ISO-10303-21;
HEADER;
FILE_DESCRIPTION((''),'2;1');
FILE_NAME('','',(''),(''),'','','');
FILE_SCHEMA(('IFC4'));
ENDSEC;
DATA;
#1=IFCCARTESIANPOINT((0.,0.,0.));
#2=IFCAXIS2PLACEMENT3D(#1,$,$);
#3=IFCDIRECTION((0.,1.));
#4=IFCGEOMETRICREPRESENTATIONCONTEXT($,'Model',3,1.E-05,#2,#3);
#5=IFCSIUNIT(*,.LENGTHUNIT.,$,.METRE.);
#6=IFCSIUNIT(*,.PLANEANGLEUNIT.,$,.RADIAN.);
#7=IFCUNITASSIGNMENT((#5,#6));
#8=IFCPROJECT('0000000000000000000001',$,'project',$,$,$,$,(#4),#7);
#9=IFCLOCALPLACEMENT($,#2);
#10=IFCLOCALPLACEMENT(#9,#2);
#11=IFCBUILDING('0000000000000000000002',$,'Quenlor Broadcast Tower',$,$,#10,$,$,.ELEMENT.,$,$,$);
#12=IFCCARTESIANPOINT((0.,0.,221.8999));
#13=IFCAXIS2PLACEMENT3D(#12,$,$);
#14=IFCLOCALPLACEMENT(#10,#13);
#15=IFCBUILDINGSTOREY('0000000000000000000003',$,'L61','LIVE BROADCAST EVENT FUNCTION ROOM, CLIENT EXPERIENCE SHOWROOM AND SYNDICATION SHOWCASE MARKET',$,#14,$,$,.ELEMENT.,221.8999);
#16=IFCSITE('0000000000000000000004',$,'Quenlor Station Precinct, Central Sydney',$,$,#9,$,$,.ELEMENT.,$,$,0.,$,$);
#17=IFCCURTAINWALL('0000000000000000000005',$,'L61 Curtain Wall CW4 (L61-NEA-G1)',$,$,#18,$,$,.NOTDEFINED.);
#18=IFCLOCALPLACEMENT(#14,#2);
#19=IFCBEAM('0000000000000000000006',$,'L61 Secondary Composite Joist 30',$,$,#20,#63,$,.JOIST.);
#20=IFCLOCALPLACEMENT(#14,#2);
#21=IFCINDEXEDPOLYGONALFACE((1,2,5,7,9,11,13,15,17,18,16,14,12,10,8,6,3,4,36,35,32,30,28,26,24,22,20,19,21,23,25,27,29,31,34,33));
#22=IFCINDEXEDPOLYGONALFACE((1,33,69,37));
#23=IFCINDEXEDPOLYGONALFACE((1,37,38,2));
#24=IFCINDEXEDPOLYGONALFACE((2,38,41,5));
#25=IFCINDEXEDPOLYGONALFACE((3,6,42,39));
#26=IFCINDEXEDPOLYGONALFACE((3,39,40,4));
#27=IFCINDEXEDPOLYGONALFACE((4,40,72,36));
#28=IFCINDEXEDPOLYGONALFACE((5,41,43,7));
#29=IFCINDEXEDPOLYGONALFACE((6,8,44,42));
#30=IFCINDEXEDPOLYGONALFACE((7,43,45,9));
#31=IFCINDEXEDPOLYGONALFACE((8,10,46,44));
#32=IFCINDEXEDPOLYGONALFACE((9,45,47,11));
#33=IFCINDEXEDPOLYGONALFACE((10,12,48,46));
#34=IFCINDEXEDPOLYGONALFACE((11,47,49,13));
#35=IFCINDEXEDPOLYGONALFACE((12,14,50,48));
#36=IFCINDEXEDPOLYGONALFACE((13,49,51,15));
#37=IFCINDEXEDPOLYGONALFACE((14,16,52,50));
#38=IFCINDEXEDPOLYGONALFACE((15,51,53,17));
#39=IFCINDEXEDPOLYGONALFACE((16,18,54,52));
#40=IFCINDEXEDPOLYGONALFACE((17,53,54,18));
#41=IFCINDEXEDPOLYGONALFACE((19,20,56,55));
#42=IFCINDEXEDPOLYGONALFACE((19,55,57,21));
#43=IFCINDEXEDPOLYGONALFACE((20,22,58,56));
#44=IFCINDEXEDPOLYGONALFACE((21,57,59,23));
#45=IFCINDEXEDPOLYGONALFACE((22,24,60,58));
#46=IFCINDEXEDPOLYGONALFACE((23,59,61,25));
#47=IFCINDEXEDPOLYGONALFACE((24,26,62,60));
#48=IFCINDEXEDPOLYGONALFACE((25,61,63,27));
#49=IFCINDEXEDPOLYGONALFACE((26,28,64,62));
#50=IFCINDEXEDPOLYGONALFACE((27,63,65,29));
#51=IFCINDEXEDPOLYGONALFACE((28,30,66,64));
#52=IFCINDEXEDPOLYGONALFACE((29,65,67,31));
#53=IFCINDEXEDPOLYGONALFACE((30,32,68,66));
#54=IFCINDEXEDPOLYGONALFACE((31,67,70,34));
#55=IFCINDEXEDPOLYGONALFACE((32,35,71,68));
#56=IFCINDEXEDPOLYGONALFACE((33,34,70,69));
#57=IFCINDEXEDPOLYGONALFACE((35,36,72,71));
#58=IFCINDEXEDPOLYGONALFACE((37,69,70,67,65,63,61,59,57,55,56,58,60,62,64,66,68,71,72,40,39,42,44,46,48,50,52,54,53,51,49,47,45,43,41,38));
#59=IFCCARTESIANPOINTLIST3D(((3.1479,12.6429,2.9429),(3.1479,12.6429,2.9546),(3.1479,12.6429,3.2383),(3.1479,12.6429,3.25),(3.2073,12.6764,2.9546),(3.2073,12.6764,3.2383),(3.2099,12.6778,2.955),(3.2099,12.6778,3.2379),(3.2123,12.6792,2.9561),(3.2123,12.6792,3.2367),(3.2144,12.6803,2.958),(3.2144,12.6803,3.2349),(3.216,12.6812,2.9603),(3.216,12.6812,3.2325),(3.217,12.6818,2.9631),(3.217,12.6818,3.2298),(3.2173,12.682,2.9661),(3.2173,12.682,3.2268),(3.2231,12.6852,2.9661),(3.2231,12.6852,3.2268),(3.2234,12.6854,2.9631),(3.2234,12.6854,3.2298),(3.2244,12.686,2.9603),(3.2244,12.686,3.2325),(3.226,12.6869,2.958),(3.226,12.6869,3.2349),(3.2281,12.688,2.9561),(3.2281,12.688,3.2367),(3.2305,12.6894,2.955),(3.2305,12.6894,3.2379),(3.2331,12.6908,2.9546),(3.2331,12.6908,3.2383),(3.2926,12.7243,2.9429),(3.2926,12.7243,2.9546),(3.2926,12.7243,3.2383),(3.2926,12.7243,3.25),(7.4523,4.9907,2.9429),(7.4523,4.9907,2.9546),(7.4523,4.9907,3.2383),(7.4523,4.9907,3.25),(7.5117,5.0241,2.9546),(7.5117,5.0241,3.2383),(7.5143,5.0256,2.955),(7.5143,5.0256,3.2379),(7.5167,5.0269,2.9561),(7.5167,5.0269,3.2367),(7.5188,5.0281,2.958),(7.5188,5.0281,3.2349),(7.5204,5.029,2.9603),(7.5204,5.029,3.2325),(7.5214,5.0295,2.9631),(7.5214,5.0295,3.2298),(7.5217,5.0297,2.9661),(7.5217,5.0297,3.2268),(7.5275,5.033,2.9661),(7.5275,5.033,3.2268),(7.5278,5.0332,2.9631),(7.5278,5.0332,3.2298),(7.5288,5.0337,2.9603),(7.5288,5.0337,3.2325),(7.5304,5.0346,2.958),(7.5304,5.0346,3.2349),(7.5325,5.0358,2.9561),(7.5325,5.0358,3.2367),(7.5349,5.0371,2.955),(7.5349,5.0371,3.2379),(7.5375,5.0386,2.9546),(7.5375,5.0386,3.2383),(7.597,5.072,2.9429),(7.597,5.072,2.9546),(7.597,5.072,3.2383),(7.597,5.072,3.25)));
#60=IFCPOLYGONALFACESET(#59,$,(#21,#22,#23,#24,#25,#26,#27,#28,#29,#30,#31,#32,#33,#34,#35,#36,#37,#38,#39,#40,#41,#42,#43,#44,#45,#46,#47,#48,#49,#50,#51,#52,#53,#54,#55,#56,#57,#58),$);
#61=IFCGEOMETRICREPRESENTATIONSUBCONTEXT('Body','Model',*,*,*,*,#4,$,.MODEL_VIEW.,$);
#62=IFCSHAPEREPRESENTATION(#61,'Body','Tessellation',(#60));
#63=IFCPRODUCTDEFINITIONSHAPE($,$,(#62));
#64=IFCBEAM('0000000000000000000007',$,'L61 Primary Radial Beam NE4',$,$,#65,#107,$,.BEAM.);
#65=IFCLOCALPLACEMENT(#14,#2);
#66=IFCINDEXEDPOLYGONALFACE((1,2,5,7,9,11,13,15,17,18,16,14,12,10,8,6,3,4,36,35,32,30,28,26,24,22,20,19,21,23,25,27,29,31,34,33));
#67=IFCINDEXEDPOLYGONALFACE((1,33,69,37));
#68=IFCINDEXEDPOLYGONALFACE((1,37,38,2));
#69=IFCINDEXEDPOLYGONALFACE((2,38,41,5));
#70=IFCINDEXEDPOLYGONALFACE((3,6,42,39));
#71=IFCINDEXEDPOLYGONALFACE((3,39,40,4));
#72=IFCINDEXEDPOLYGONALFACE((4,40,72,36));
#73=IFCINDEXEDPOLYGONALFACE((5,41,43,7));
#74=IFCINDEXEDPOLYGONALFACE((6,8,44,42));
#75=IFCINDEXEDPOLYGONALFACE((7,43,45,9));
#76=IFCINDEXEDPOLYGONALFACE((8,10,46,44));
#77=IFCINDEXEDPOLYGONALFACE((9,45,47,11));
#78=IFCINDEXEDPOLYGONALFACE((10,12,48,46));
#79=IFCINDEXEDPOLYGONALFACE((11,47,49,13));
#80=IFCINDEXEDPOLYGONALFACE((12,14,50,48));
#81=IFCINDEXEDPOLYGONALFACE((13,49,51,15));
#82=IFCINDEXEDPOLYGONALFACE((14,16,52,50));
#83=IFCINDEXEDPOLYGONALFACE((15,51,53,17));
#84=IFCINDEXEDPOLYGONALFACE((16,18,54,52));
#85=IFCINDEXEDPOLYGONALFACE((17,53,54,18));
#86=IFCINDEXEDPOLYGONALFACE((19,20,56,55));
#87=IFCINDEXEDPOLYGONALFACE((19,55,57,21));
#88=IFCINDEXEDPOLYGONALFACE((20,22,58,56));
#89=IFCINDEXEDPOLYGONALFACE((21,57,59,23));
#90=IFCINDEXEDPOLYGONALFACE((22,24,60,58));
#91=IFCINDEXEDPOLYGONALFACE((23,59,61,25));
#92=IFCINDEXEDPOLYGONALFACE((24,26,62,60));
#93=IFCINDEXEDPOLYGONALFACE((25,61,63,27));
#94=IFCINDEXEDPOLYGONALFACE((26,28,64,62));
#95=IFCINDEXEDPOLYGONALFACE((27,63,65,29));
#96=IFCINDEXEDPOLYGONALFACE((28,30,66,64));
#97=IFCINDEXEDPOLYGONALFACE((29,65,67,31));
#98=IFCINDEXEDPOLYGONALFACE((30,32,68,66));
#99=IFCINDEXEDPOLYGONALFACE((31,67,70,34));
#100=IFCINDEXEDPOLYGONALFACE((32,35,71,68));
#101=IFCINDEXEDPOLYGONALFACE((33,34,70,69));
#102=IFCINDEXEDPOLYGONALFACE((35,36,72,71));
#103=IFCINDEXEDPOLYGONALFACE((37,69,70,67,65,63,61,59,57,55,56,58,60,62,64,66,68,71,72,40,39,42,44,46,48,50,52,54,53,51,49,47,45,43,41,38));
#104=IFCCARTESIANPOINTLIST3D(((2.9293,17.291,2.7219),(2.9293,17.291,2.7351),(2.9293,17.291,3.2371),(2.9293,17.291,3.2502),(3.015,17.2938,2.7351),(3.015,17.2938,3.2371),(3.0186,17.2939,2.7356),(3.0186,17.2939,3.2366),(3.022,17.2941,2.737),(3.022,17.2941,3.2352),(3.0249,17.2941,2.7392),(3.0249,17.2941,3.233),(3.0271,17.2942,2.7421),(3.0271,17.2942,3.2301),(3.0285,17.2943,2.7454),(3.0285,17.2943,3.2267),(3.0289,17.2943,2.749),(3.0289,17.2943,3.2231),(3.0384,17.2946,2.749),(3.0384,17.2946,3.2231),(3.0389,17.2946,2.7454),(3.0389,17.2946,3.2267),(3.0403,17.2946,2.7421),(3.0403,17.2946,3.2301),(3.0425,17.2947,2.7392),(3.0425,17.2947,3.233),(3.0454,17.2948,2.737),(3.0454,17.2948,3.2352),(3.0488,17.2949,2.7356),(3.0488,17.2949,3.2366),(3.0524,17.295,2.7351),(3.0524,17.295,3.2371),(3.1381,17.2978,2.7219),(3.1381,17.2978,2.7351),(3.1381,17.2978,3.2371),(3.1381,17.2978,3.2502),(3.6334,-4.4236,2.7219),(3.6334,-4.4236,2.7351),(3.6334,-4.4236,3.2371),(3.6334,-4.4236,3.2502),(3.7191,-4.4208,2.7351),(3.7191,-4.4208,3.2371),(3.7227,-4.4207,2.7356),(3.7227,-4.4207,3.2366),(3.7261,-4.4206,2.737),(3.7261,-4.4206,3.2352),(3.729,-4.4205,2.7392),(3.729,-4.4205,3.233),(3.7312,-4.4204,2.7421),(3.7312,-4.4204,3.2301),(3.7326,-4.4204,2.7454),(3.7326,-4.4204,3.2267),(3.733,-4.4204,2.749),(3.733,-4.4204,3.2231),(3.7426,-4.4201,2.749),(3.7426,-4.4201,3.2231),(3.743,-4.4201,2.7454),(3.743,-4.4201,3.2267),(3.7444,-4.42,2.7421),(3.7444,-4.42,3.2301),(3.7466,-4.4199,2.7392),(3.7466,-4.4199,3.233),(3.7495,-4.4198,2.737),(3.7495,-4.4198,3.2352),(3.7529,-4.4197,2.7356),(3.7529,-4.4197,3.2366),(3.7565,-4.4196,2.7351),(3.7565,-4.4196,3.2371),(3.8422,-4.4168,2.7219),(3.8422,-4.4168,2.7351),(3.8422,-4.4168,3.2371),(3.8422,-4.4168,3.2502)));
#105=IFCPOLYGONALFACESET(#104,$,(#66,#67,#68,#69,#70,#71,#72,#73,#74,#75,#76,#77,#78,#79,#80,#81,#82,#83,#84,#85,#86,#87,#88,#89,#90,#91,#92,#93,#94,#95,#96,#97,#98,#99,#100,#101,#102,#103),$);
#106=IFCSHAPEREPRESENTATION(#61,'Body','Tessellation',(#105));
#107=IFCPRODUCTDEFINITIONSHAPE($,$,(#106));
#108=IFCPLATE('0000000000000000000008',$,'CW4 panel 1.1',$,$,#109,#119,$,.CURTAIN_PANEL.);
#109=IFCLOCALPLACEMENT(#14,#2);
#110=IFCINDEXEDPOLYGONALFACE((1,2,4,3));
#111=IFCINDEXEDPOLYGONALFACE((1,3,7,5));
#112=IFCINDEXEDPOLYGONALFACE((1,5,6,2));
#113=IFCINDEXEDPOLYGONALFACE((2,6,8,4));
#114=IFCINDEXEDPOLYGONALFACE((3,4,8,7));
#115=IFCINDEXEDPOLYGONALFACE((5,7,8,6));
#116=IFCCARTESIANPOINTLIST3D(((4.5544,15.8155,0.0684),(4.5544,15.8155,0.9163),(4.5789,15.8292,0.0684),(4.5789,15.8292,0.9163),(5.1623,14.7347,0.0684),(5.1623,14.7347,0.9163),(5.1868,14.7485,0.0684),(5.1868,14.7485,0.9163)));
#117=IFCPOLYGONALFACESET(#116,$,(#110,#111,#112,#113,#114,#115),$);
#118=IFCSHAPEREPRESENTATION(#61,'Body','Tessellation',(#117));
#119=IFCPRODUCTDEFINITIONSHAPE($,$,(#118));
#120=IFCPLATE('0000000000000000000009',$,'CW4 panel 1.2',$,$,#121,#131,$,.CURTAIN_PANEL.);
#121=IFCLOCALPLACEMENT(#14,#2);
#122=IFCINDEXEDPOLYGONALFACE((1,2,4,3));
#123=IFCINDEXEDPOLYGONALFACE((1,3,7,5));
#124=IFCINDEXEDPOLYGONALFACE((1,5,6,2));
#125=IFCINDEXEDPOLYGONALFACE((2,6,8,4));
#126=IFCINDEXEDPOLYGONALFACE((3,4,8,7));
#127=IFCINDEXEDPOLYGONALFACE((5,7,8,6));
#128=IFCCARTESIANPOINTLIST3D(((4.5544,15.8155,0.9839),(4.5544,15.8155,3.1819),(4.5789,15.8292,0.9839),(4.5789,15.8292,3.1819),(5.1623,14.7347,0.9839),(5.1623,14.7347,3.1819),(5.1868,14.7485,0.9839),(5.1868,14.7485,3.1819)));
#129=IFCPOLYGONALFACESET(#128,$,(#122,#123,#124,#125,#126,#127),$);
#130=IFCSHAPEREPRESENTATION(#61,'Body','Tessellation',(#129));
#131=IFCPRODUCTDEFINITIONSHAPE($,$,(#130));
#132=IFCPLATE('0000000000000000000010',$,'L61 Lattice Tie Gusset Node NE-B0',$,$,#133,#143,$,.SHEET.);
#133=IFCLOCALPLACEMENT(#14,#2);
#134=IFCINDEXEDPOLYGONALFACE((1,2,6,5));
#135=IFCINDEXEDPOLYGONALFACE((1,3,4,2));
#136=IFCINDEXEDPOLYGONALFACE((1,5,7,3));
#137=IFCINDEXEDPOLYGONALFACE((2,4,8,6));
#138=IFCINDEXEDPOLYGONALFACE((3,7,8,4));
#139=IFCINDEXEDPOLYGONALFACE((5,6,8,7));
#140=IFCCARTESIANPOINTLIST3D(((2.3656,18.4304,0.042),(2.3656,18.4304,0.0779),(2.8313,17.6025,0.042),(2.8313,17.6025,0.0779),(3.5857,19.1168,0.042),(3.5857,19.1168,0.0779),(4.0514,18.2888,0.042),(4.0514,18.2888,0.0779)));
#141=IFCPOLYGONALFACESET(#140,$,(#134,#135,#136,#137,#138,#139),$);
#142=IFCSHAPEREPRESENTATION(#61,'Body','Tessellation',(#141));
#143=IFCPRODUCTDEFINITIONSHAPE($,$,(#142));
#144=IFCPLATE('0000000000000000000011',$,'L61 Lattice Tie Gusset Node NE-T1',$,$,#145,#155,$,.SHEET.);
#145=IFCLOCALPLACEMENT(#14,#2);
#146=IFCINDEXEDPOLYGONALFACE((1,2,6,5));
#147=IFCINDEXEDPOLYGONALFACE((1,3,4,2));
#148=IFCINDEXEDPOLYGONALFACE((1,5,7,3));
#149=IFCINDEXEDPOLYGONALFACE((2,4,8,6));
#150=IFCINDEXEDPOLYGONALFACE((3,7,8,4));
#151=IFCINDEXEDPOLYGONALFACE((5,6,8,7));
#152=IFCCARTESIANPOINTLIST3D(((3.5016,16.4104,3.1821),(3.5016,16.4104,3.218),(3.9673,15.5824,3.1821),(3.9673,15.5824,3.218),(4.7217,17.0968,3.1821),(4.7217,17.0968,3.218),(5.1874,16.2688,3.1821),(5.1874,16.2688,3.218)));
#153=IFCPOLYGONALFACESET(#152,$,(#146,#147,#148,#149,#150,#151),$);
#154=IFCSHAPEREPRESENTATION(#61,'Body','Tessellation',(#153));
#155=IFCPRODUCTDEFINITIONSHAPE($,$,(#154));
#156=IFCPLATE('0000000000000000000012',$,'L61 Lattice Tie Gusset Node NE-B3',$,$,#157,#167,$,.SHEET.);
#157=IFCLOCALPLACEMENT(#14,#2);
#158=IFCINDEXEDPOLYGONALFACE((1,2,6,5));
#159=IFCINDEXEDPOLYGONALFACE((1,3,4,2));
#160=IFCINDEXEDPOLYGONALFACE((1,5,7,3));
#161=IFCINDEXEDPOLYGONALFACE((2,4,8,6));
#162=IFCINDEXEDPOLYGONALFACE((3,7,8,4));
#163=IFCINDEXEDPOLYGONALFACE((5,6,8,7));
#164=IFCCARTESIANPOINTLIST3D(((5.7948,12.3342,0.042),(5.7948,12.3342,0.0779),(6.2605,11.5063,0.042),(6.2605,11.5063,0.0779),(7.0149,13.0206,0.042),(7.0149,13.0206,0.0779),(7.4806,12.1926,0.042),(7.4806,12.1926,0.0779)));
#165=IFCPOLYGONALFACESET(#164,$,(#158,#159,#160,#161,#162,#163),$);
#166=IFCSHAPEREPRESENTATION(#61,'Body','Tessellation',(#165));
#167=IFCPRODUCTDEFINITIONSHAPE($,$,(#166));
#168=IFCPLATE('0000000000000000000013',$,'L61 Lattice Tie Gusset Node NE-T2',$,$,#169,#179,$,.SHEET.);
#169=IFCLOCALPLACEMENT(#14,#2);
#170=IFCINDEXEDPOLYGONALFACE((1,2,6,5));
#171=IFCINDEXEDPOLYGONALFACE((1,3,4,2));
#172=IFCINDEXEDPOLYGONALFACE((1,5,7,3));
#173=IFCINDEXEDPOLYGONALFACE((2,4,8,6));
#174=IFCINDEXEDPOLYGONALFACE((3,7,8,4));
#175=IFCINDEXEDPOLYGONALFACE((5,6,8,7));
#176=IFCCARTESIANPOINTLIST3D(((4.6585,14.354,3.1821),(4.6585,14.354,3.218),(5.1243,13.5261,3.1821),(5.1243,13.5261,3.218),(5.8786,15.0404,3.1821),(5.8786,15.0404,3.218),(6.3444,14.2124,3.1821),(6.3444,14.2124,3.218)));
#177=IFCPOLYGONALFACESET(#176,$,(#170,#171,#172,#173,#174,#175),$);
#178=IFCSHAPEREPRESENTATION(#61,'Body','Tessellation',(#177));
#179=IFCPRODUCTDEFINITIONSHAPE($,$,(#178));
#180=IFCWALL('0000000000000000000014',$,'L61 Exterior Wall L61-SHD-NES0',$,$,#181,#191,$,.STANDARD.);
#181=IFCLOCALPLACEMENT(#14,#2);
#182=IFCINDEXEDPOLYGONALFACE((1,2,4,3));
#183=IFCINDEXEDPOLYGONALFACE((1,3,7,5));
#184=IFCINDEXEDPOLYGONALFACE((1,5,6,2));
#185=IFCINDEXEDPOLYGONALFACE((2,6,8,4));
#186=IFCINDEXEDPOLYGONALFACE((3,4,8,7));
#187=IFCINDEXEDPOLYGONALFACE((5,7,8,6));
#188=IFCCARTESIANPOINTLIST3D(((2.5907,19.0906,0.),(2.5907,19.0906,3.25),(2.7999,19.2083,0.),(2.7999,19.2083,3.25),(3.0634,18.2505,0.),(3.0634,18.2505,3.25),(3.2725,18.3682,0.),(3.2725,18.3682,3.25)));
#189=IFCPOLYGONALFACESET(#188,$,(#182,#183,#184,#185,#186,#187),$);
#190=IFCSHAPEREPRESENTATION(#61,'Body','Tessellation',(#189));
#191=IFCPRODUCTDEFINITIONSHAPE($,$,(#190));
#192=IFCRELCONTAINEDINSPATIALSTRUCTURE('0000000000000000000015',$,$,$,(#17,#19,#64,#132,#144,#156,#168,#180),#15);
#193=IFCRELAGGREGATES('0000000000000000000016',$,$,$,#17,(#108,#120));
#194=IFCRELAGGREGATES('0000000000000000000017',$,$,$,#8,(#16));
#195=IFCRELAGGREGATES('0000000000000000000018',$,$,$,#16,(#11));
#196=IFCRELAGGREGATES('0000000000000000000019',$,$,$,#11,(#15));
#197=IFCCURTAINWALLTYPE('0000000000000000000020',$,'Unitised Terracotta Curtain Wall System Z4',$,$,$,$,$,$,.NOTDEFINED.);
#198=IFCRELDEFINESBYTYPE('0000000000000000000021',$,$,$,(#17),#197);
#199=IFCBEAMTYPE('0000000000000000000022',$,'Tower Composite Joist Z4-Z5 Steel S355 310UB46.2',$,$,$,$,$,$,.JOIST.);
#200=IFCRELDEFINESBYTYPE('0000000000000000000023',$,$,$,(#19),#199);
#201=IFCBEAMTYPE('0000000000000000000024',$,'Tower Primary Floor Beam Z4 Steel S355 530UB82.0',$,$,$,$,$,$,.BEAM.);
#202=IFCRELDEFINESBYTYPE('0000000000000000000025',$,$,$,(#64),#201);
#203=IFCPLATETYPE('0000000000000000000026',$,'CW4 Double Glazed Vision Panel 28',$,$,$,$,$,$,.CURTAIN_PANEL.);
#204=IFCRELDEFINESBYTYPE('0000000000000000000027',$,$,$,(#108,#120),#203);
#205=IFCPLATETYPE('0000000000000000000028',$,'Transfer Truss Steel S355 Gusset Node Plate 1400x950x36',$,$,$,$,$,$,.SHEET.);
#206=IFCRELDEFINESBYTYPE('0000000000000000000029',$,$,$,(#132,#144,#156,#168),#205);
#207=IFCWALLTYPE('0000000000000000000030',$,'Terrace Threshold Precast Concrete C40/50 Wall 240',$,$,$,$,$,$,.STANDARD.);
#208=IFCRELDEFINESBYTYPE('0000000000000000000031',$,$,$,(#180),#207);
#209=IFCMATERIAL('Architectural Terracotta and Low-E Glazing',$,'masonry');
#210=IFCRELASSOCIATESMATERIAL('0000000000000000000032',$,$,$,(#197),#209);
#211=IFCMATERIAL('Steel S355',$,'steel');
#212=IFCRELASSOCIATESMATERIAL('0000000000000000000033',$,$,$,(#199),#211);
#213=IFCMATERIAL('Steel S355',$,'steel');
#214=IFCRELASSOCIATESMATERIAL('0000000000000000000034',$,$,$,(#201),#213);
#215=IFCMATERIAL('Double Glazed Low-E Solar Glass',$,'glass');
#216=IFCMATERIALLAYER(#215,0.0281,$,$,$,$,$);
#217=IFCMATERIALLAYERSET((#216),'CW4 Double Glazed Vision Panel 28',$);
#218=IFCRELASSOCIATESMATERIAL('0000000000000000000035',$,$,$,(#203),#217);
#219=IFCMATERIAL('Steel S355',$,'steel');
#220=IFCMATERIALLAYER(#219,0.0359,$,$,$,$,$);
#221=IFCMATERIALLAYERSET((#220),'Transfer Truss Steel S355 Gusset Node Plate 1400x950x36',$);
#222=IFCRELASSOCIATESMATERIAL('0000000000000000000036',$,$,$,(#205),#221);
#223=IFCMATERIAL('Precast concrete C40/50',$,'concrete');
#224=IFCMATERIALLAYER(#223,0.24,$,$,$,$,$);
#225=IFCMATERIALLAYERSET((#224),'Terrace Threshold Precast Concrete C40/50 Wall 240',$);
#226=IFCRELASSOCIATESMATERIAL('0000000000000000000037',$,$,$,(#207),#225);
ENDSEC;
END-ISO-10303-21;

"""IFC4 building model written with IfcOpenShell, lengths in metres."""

from ifc_helpers import new_model, si_unit, direction, frame, frame_2d, origin, origin_2d, place, context, subcontext, project, spatial, rectangle, i_section, extrude, material, layer, layer_set, material_profile, profile_set, type_object, element, aggregate, save


model = new_model("IFC4")

# Units and contexts
model_context = context("Model", 3, precision=1e-05, world=origin(), true_north=direction((0.0, 1.0)))
body_context = subcontext(model_context, "Body", "Model", "MODEL_VIEW")
ifc_project = project(units=[si_unit("LENGTHUNIT", "METRE"), si_unit("PLANEANGLEUNIT", "RADIAN")], contexts=[model_context])

# Site, building, storey
site_placement = place(None, origin())
site = spatial("IfcSite", under=ifc_project, at=site_placement, Name="Quenlor Station Precinct, Central Sydney", CompositionType="ELEMENT", RefElevation=0.0)
building_placement = place(site_placement, origin())
building = spatial("IfcBuilding", under=site, at=building_placement, Name="Quenlor Broadcast Tower", CompositionType="ELEMENT")
storey_placement = place(building_placement, frame((0.0, 0.0, 221.8999)))
storey = spatial("IfcBuildingStorey", under=building, at=storey_placement, Name="L61", Description="LIVE BROADCAST EVENT FUNCTION ROOM, CLIENT EXPERIENCE SHOWROOM AND SYNDICATION SHOWCASE MARKET", CompositionType="ELEMENT", Elevation=221.8999)

# Curtain wall
ifc_material_1 = material(Name="Architectural Terracotta and Low-E Glazing", Category="masonry")
curtain_wall_type = type_object("IfcCurtainWallType", Name="Unitised Terracotta Curtain Wall System Z4", PredefinedType="NOTDEFINED", material=ifc_material_1)
curtain_wall_placement = place(storey_placement, origin())
curtain_wall = element("IfcCurtainWall", 1, at=curtain_wall_placement, inside=storey, type_object=curtain_wall_type, Name="L61 Curtain Wall CW4 (L61-NEA-G1)", PredefinedType="NOTDEFINED")

# Beams
ifc_material_2 = material(Name="Steel S355", Category="steel")
ifc_material_profile_1 = material_profile(ifc_material_2, i_section(OverallWidth=0.166, OverallDepth=0.3071, WebThickness=0.0066, FlangeThickness=0.0117, FilletRadius=0.0115, at=origin_2d()))
ifc_profile_set_1 = profile_set([ifc_material_profile_1], Name="Steel S355 310UB46.2")
beam_type_1 = type_object("IfcBeamType", Name="Tower Composite Joist Z4-Z5 Steel S355 310UB46.2", PredefinedType="JOIST", material=ifc_profile_set_1)
beam_1_placement = place(storey_placement, frame((3.2202, 12.6836, 3.0964), z_axis=(0.490261, -0.871576, 0.0), x_axis=(0.871576, 0.490261, 0.0)))
element("IfcBeam", 2, at=beam_1_placement, inside=storey, type_object=beam_type_1, Name="L61 Secondary Composite Joist 30", PredefinedType="JOIST", context=body_context, shape_type="SweptSolid", body=[
    extrude(i_section(OverallWidth=0.166, OverallDepth=0.3071, WebThickness=0.0066, FlangeThickness=0.0117, FilletRadius=0.0115, at=origin_2d()), origin(), (0.0, 0.0, 1.0), 8.7798),
])
ifc_material_3 = material(Name="Steel S355", Category="steel")
ifc_material_profile_2 = material_profile(ifc_material_3, i_section(OverallWidth=0.209, OverallDepth=0.5283, WebThickness=0.0095, FlangeThickness=0.0132, FilletRadius=0.0139, at=origin_2d()))
ifc_profile_set_2 = profile_set([ifc_material_profile_2], Name="Steel S355 530UB82.0")
beam_type_2 = type_object("IfcBeamType", Name="Tower Primary Floor Beam Z4 Steel S355 530UB82.0", PredefinedType="BEAM", material=ifc_profile_set_2)
beam_2_placement = place(storey_placement, frame((3.0337, 17.2944, 2.9861), z_axis=(0.032408, -0.999475, 0.0), x_axis=(0.999475, 0.032408, 0.0)))
element("IfcBeam", 3, at=beam_2_placement, inside=storey, type_object=beam_type_2, Name="L61 Primary Radial Beam NE4", PredefinedType="BEAM", context=body_context, shape_type="SweptSolid", body=[
    extrude(i_section(OverallWidth=0.209, OverallDepth=0.5283, WebThickness=0.0095, FlangeThickness=0.0132, FilletRadius=0.0139, at=origin_2d()), origin(), (0.0, 0.0, 1.0), 21.7261),
])

# Plates
ifc_material_4 = material(Name="Double Glazed Low-E Solar Glass", Category="glass")
ifc_layer_1 = layer(ifc_material_4, 0.0281)
ifc_layer_set_1 = layer_set([ifc_layer_1], Name="CW4 Double Glazed Vision Panel 28")
plate_type_1 = type_object("IfcPlateType", Name="CW4 Double Glazed Vision Panel 28", PredefinedType="CURTAIN_PANEL", material=ifc_layer_set_1)
plate_1_placement = place(storey_placement, frame((4.8706, 15.282, 0.0684), z_axis=(0.0, 0.0, 1.0), x_axis=(0.490289, -0.87156, 0.0)))
plate_1 = element("IfcPlate", 4, at=plate_1_placement, type_object=plate_type_1, Name="CW4 panel 1.1", PredefinedType="CURTAIN_PANEL", context=body_context, shape_type="SweptSolid", body=[
    extrude(rectangle(XDim=1.24, YDim=0.0281, at=origin_2d()), origin(), (0.0, 0.0, 1.0), 0.8479),
])
plate_2_placement = place(storey_placement, frame((4.8706, 15.282, 0.9839), z_axis=(0.0, 0.0, 1.0), x_axis=(0.490289, -0.87156, 0.0)))
plate_2 = element("IfcPlate", 5, at=plate_2_placement, type_object=plate_type_1, Name="CW4 panel 1.2", PredefinedType="CURTAIN_PANEL", context=body_context, shape_type="SweptSolid", body=[
    extrude(rectangle(XDim=1.24, YDim=0.0281, at=origin_2d()), origin(), (0.0, 0.0, 1.0), 2.198),
])
aggregate(curtain_wall, [plate_1, plate_2])

# Plates
ifc_material_5 = material(Name="Steel S355", Category="steel")
ifc_layer_2 = layer(ifc_material_5, 0.0359)
ifc_layer_set_2 = layer_set([ifc_layer_2], Name="Transfer Truss Steel S355 Gusset Node Plate 1400x950x36")
plate_type_2 = type_object("IfcPlateType", Name="Transfer Truss Steel S355 Gusset Node Plate 1400x950x36", PredefinedType="SHEET", material=ifc_layer_set_2)
for number, where, z_axis, x_axis, name in (
    (6, (3.2085, 18.3596, 0.042), (0.0, 0.0, 1.0), (0.871556, 0.490295, 0.0), "L61 Lattice Tie Gusset Node NE-B0"),
    (7, (4.3445, 16.3396, 3.1821), (0.0, 0.0, 1.0), (0.871556, 0.490295, 0.0), "L61 Lattice Tie Gusset Node NE-T1"),
    (8, (6.6377, 12.2634, 0.042), (0.0, 0.0, 1.0), (0.871556, 0.490295, 0.0), "L61 Lattice Tie Gusset Node NE-B3"),
    (9, (5.5015, 14.2832, 3.1821), (0.0, 0.0, 1.0), (0.871556, 0.490295, 0.0), "L61 Lattice Tie Gusset Node NE-T2"),
):
    element("IfcPlate", number, at=place(storey_placement, frame(where, z_axis=z_axis, x_axis=x_axis)), inside=storey, type_object=plate_type_2, Name=name, PredefinedType="SHEET", context=body_context, shape_type="SweptSolid", body=[
        extrude(rectangle(XDim=1.3999, YDim=0.95, at=origin_2d()), origin(), (0.0, 0.0, 1.0), 0.0359),
    ])

# Wall
ifc_material_6 = material(Name="Precast concrete C40/50", Category="concrete")
ifc_layer_3 = layer(ifc_material_6, 0.24)
ifc_layer_set_3 = layer_set([ifc_layer_3], Name="Terrace Threshold Precast Concrete C40/50 Wall 240")
wall_type_1 = type_object("IfcWallType", Name="Terrace Threshold Precast Concrete C40/50 Wall 240", PredefinedType="STANDARD", material=ifc_layer_set_3)
wall_1_placement = place(storey_placement, frame((2.6953, 19.1494, 0.0), z_axis=(0.0, 0.0, 1.0), x_axis=(0.490345, -0.871528, 0.0)))
element("IfcWall", 10, at=wall_1_placement, inside=storey, type_object=wall_type_1, Name="L61 Exterior Wall L61-SHD-NES0", PredefinedType="STANDARD", context=body_context, shape_type="SweptSolid", body=[
    extrude(rectangle(XDim=0.9639, YDim=0.24, at=frame_2d((0.4819, 0.0))), origin(), (0.0, 0.0, 1.0), 3.25),
])

save(model, "model.ifc")
